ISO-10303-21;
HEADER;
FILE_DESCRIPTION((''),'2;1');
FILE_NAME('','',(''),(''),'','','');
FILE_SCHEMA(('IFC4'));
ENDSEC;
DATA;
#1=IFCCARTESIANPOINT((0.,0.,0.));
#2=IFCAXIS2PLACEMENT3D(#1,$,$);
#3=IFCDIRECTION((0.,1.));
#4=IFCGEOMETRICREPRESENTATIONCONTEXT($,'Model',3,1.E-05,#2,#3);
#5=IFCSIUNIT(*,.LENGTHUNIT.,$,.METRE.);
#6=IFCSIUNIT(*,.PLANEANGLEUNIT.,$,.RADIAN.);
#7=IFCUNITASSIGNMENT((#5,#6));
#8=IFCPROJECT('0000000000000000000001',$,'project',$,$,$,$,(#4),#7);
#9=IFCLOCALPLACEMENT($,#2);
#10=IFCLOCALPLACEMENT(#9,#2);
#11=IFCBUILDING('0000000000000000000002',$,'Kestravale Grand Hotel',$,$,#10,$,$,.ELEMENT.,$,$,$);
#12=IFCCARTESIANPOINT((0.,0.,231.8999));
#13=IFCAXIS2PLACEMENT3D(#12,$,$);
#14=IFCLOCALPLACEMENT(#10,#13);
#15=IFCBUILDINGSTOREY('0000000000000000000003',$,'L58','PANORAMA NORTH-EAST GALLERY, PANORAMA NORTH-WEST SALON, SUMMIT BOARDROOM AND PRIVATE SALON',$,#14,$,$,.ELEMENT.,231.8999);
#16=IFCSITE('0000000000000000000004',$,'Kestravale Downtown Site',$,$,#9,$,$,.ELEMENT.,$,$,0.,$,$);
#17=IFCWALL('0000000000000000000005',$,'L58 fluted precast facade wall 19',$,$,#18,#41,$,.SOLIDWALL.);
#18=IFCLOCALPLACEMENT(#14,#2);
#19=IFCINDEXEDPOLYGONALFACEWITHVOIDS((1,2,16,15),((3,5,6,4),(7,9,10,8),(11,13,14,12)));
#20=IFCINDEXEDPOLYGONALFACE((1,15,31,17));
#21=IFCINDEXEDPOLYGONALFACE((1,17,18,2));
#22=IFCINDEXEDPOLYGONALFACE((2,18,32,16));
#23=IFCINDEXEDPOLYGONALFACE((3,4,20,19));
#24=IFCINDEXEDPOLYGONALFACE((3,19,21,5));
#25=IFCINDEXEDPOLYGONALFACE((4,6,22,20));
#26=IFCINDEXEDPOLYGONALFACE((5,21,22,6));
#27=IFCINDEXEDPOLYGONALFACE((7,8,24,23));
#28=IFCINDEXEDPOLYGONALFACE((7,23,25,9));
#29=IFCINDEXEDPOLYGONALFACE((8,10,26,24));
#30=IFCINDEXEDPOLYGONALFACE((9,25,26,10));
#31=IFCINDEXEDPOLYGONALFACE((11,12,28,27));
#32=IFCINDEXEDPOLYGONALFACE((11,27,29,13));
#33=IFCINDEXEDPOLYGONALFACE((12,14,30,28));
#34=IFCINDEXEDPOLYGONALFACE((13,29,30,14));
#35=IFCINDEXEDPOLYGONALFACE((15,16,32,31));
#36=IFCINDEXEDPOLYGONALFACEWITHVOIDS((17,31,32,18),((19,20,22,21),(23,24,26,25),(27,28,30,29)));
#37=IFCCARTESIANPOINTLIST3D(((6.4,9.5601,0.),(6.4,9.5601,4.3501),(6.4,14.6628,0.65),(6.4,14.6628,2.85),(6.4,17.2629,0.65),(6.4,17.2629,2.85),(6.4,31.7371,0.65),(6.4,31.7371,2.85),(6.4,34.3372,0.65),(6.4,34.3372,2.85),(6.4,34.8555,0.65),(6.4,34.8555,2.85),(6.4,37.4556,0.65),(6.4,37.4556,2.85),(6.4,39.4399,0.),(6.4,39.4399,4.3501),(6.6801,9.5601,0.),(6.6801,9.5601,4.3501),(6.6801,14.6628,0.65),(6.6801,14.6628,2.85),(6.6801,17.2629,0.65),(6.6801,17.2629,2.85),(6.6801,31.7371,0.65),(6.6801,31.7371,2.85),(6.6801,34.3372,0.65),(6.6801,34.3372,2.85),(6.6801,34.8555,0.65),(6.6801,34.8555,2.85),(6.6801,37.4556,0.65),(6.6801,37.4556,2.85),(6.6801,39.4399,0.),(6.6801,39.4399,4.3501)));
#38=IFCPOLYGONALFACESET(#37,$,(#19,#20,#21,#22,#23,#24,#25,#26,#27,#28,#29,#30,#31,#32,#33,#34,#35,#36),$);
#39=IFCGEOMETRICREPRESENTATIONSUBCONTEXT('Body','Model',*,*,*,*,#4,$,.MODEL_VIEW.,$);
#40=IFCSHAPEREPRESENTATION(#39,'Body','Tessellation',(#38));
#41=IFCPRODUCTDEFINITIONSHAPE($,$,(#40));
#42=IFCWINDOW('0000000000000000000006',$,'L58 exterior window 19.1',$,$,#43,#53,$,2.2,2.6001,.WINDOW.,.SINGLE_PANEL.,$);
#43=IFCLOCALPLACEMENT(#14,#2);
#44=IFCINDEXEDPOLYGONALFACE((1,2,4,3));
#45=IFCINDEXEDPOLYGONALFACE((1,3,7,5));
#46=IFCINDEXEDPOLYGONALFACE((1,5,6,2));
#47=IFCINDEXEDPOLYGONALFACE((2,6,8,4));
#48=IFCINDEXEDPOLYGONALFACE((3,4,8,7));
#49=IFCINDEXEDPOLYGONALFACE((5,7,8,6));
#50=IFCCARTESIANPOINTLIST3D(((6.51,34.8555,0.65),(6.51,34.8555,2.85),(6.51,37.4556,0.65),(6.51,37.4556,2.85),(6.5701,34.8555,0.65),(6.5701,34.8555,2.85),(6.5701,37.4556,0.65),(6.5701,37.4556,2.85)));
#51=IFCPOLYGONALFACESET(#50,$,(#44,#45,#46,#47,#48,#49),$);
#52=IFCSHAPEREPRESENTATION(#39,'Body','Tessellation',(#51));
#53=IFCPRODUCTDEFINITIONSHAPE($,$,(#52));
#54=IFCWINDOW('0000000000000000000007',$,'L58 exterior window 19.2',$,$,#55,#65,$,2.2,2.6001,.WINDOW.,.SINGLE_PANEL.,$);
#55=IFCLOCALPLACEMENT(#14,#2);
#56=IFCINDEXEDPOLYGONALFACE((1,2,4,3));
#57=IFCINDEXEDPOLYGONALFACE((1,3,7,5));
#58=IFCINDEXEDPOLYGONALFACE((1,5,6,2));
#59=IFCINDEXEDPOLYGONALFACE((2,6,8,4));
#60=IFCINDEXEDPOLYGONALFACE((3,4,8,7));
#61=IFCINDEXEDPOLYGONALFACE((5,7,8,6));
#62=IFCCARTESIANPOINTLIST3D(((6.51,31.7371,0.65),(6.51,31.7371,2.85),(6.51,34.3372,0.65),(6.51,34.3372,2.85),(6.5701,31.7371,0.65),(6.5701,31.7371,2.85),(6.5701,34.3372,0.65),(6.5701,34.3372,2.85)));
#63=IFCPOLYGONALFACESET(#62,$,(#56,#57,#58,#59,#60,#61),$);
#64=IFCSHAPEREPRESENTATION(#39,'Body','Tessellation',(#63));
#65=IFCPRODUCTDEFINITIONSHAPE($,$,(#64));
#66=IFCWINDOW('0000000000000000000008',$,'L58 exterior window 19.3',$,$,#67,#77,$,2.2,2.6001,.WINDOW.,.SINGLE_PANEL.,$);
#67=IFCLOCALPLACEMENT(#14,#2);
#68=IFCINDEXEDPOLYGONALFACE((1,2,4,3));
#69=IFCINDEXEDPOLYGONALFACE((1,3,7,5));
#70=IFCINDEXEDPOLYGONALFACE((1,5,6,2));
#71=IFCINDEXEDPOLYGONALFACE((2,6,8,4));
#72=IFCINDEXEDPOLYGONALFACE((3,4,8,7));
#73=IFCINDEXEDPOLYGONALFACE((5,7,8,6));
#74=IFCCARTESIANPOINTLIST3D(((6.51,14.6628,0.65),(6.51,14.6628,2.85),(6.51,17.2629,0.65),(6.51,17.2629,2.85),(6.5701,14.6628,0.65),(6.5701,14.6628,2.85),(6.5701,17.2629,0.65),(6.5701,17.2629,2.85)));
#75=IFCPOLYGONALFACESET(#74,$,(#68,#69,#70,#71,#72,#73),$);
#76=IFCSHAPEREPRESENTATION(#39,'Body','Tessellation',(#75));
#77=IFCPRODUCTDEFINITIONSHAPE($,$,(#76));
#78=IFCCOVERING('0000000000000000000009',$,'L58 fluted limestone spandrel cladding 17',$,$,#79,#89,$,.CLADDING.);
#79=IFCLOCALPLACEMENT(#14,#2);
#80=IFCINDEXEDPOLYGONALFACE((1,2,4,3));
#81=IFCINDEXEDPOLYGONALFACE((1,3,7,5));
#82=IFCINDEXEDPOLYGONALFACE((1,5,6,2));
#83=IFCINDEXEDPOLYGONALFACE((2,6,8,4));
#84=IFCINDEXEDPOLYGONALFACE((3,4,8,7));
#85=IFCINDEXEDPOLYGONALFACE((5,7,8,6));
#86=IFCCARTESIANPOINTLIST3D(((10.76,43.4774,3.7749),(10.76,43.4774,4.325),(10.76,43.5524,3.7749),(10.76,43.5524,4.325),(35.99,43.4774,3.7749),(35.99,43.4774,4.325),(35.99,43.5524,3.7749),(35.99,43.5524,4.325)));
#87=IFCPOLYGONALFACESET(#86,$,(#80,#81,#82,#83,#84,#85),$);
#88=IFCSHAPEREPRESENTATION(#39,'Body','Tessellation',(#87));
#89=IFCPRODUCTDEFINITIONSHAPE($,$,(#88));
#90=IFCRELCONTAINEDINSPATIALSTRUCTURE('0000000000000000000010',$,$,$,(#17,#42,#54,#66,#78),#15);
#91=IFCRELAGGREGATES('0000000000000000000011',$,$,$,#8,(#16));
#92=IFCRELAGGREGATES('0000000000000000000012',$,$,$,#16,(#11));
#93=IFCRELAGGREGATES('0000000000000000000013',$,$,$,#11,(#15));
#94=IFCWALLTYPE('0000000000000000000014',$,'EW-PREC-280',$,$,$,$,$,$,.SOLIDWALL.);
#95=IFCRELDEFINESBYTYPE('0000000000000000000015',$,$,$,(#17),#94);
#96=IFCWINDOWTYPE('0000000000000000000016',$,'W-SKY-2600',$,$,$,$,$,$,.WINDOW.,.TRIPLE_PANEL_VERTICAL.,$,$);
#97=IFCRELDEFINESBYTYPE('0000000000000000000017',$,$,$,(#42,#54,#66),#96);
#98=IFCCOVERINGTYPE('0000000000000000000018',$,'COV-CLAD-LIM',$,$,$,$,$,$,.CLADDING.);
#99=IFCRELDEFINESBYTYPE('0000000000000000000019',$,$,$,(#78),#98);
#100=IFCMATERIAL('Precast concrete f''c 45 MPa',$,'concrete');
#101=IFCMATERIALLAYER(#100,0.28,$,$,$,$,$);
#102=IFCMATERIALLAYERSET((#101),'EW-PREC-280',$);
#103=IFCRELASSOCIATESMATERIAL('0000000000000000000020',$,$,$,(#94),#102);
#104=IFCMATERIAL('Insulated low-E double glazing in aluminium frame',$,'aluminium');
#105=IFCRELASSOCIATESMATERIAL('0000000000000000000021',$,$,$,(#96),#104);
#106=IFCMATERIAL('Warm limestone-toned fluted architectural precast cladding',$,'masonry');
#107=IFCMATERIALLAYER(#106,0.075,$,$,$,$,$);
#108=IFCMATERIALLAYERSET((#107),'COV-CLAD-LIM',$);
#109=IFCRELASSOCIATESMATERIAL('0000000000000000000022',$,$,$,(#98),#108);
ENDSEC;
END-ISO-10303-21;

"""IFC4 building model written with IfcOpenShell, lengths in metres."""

from ifc_helpers import new_model, si_unit, direction, frame, frame_2d, origin, origin_2d, place, context, subcontext, project, spatial, rectangle, extrude, material, layer, layer_set, type_object, element, fill, save


model = new_model("IFC4")

# Units and contexts
model_context = context("Model", 3, precision=1e-05, world=origin(), true_north=direction((0.0, 1.0)))
body_context = subcontext(model_context, "Body", "Model", "MODEL_VIEW")
ifc_project = project(units=[si_unit("LENGTHUNIT", "METRE"), si_unit("PLANEANGLEUNIT", "RADIAN")], contexts=[model_context])

# Site, building, storey
site_placement = place(None, origin())
site = spatial("IfcSite", under=ifc_project, at=site_placement, Name="Kestravale Downtown Site", CompositionType="ELEMENT", RefElevation=0.0)
building_placement = place(site_placement, origin())
building = spatial("IfcBuilding", under=site, at=building_placement, Name="Kestravale Grand Hotel", CompositionType="ELEMENT")
storey_placement = place(building_placement, frame((0.0, 0.0, 231.8999)))
storey = spatial("IfcBuildingStorey", under=building, at=storey_placement, Name="L58", Description="PANORAMA NORTH-EAST GALLERY, PANORAMA NORTH-WEST SALON, SUMMIT BOARDROOM AND PRIVATE SALON", CompositionType="ELEMENT", Elevation=231.8999)

# Wall, openings, windows
ifc_material_1 = material(Name="Precast concrete f'c 45 MPa", Category="concrete")
ifc_layer_1 = layer(ifc_material_1, 0.28)
ifc_layer_set_1 = layer_set([ifc_layer_1], Name="EW-PREC-280")
wall_type_1 = type_object("IfcWallType", Name="EW-PREC-280", PredefinedType="SOLIDWALL", material=ifc_layer_set_1)
wall_1_placement = place(storey_placement, frame((6.54, 39.4399, 0.0), z_axis=(0.0, 0.0, 1.0), x_axis=(0.0, -1.0, 0.0)))
wall_1 = element("IfcWall", 1, at=wall_1_placement, inside=storey, type_object=wall_type_1, Name="L58 fluted precast facade wall 19", PredefinedType="SOLIDWALL", context=body_context, shape_type="SweptSolid", body=[
    extrude(rectangle(XDim=29.8799, YDim=0.28, at=frame_2d((14.9399, 0.0))), origin(), (0.0, 0.0, 1.0), 4.3501),
])
opening_1_placement = place(wall_1_placement, frame((1.9844, 0.0, 0.6499)))
opening_1 = element("IfcOpeningElement", 2, at=opening_1_placement, cuts=wall_1, PredefinedType="OPENING", context=body_context, shape_type="SweptSolid", body=[
    extrude(rectangle(XDim=2.6001, YDim=2.2, at=frame_2d((1.3, 1.1001))), frame((0.0, 0.1499, 0.0), z_axis=(0.0, -1.0, 0.0), x_axis=(1.0, 0.0, 0.0)), (0.0, 0.0, 1.0), 0.3),
])
opening_2_placement = place(wall_1_placement, frame((5.1028, 0.0, 0.6499)))
opening_2 = element("IfcOpeningElement", 3, at=opening_2_placement, cuts=wall_1, PredefinedType="OPENING", context=body_context, shape_type="SweptSolid", body=[
    extrude(rectangle(XDim=2.6001, YDim=2.2, at=frame_2d((1.3, 1.1001))), frame((0.0, 0.1499, 0.0), z_axis=(0.0, -1.0, 0.0), x_axis=(1.0, 0.0, 0.0)), (0.0, 0.0, 1.0), 0.3),
])
opening_3_placement = place(wall_1_placement, frame((22.177, 0.0, 0.6499)))
opening_3 = element("IfcOpeningElement", 4, at=opening_3_placement, cuts=wall_1, PredefinedType="OPENING", context=body_context, shape_type="SweptSolid", body=[
    extrude(rectangle(XDim=2.6001, YDim=2.2, at=frame_2d((1.3, 1.1001))), frame((0.0, 0.1499, 0.0), z_axis=(0.0, -1.0, 0.0), x_axis=(1.0, 0.0, 0.0)), (0.0, 0.0, 1.0), 0.3),
])
ifc_material_2 = material(Name="Insulated low-E double glazing in aluminium frame", Category="aluminium")
window_type = type_object("IfcWindowType", Name="W-SKY-2600", PartitioningType="TRIPLE_PANEL_VERTICAL", PredefinedType="WINDOW", material=ifc_material_2)
window_1_placement = place(opening_1_placement, origin())
window_1 = element("IfcWindow", 5, at=window_1_placement, inside=storey, type_object=window_type, Name="L58 exterior window 19.1", OverallHeight=2.2, OverallWidth=2.6001, PartitioningType="SINGLE_PANEL", PredefinedType="WINDOW", context=body_context, shape_type="SweptSolid", body=[
    extrude(rectangle(XDim=2.6001, YDim=2.2, at=frame_2d((1.3, 1.1001))), frame((0.0, 0.03, 0.0), z_axis=(0.0, -1.0, 0.0), x_axis=(1.0, 0.0, 0.0)), (0.0, 0.0, 1.0), 0.0601),
])
fill(opening_1, window_1)
window_2_placement = place(opening_2_placement, origin())
window_2 = element("IfcWindow", 6, at=window_2_placement, inside=storey, type_object=window_type, Name="L58 exterior window 19.2", OverallHeight=2.2, OverallWidth=2.6001, PartitioningType="SINGLE_PANEL", PredefinedType="WINDOW", context=body_context, shape_type="SweptSolid", body=[
    extrude(rectangle(XDim=2.6001, YDim=2.2, at=frame_2d((1.3, 1.1001))), frame((0.0, 0.03, 0.0), z_axis=(0.0, -1.0, 0.0), x_axis=(1.0, 0.0, 0.0)), (0.0, 0.0, 1.0), 0.0601),
])
fill(opening_2, window_2)
window_3_placement = place(opening_3_placement, origin())
window_3 = element("IfcWindow", 7, at=window_3_placement, inside=storey, type_object=window_type, Name="L58 exterior window 19.3", OverallHeight=2.2, OverallWidth=2.6001, PartitioningType="SINGLE_PANEL", PredefinedType="WINDOW", context=body_context, shape_type="SweptSolid", body=[
    extrude(rectangle(XDim=2.6001, YDim=2.2, at=frame_2d((1.3, 1.1001))), frame((0.0, 0.03, 0.0), z_axis=(0.0, -1.0, 0.0), x_axis=(1.0, 0.0, 0.0)), (0.0, 0.0, 1.0), 0.0601),
])
fill(opening_3, window_3)

# Covering
ifc_material_3 = material(Name="Warm limestone-toned fluted architectural precast cladding", Category="masonry")
ifc_layer_2 = layer(ifc_material_3, 0.075)
ifc_layer_set_2 = layer_set([ifc_layer_2], Name="COV-CLAD-LIM")
covering_type = type_object("IfcCoveringType", Name="COV-CLAD-LIM", PredefinedType="CLADDING", material=ifc_layer_set_2)
covering_placement = place(storey_placement, frame((23.375, 43.5149, 3.7749), z_axis=(0.0, 0.0, 1.0), x_axis=(-1.0, 0.0, 0.0)))
element("IfcCovering", 8, at=covering_placement, inside=storey, type_object=covering_type, Name="L58 fluted limestone spandrel cladding 17", PredefinedType="CLADDING", context=body_context, shape_type="SweptSolid", body=[
    extrude(rectangle(XDim=25.23, YDim=0.075, at=origin_2d()), origin(), (0.0, 0.0, 1.0), 0.55),
])

save(model, "model.ifc")
